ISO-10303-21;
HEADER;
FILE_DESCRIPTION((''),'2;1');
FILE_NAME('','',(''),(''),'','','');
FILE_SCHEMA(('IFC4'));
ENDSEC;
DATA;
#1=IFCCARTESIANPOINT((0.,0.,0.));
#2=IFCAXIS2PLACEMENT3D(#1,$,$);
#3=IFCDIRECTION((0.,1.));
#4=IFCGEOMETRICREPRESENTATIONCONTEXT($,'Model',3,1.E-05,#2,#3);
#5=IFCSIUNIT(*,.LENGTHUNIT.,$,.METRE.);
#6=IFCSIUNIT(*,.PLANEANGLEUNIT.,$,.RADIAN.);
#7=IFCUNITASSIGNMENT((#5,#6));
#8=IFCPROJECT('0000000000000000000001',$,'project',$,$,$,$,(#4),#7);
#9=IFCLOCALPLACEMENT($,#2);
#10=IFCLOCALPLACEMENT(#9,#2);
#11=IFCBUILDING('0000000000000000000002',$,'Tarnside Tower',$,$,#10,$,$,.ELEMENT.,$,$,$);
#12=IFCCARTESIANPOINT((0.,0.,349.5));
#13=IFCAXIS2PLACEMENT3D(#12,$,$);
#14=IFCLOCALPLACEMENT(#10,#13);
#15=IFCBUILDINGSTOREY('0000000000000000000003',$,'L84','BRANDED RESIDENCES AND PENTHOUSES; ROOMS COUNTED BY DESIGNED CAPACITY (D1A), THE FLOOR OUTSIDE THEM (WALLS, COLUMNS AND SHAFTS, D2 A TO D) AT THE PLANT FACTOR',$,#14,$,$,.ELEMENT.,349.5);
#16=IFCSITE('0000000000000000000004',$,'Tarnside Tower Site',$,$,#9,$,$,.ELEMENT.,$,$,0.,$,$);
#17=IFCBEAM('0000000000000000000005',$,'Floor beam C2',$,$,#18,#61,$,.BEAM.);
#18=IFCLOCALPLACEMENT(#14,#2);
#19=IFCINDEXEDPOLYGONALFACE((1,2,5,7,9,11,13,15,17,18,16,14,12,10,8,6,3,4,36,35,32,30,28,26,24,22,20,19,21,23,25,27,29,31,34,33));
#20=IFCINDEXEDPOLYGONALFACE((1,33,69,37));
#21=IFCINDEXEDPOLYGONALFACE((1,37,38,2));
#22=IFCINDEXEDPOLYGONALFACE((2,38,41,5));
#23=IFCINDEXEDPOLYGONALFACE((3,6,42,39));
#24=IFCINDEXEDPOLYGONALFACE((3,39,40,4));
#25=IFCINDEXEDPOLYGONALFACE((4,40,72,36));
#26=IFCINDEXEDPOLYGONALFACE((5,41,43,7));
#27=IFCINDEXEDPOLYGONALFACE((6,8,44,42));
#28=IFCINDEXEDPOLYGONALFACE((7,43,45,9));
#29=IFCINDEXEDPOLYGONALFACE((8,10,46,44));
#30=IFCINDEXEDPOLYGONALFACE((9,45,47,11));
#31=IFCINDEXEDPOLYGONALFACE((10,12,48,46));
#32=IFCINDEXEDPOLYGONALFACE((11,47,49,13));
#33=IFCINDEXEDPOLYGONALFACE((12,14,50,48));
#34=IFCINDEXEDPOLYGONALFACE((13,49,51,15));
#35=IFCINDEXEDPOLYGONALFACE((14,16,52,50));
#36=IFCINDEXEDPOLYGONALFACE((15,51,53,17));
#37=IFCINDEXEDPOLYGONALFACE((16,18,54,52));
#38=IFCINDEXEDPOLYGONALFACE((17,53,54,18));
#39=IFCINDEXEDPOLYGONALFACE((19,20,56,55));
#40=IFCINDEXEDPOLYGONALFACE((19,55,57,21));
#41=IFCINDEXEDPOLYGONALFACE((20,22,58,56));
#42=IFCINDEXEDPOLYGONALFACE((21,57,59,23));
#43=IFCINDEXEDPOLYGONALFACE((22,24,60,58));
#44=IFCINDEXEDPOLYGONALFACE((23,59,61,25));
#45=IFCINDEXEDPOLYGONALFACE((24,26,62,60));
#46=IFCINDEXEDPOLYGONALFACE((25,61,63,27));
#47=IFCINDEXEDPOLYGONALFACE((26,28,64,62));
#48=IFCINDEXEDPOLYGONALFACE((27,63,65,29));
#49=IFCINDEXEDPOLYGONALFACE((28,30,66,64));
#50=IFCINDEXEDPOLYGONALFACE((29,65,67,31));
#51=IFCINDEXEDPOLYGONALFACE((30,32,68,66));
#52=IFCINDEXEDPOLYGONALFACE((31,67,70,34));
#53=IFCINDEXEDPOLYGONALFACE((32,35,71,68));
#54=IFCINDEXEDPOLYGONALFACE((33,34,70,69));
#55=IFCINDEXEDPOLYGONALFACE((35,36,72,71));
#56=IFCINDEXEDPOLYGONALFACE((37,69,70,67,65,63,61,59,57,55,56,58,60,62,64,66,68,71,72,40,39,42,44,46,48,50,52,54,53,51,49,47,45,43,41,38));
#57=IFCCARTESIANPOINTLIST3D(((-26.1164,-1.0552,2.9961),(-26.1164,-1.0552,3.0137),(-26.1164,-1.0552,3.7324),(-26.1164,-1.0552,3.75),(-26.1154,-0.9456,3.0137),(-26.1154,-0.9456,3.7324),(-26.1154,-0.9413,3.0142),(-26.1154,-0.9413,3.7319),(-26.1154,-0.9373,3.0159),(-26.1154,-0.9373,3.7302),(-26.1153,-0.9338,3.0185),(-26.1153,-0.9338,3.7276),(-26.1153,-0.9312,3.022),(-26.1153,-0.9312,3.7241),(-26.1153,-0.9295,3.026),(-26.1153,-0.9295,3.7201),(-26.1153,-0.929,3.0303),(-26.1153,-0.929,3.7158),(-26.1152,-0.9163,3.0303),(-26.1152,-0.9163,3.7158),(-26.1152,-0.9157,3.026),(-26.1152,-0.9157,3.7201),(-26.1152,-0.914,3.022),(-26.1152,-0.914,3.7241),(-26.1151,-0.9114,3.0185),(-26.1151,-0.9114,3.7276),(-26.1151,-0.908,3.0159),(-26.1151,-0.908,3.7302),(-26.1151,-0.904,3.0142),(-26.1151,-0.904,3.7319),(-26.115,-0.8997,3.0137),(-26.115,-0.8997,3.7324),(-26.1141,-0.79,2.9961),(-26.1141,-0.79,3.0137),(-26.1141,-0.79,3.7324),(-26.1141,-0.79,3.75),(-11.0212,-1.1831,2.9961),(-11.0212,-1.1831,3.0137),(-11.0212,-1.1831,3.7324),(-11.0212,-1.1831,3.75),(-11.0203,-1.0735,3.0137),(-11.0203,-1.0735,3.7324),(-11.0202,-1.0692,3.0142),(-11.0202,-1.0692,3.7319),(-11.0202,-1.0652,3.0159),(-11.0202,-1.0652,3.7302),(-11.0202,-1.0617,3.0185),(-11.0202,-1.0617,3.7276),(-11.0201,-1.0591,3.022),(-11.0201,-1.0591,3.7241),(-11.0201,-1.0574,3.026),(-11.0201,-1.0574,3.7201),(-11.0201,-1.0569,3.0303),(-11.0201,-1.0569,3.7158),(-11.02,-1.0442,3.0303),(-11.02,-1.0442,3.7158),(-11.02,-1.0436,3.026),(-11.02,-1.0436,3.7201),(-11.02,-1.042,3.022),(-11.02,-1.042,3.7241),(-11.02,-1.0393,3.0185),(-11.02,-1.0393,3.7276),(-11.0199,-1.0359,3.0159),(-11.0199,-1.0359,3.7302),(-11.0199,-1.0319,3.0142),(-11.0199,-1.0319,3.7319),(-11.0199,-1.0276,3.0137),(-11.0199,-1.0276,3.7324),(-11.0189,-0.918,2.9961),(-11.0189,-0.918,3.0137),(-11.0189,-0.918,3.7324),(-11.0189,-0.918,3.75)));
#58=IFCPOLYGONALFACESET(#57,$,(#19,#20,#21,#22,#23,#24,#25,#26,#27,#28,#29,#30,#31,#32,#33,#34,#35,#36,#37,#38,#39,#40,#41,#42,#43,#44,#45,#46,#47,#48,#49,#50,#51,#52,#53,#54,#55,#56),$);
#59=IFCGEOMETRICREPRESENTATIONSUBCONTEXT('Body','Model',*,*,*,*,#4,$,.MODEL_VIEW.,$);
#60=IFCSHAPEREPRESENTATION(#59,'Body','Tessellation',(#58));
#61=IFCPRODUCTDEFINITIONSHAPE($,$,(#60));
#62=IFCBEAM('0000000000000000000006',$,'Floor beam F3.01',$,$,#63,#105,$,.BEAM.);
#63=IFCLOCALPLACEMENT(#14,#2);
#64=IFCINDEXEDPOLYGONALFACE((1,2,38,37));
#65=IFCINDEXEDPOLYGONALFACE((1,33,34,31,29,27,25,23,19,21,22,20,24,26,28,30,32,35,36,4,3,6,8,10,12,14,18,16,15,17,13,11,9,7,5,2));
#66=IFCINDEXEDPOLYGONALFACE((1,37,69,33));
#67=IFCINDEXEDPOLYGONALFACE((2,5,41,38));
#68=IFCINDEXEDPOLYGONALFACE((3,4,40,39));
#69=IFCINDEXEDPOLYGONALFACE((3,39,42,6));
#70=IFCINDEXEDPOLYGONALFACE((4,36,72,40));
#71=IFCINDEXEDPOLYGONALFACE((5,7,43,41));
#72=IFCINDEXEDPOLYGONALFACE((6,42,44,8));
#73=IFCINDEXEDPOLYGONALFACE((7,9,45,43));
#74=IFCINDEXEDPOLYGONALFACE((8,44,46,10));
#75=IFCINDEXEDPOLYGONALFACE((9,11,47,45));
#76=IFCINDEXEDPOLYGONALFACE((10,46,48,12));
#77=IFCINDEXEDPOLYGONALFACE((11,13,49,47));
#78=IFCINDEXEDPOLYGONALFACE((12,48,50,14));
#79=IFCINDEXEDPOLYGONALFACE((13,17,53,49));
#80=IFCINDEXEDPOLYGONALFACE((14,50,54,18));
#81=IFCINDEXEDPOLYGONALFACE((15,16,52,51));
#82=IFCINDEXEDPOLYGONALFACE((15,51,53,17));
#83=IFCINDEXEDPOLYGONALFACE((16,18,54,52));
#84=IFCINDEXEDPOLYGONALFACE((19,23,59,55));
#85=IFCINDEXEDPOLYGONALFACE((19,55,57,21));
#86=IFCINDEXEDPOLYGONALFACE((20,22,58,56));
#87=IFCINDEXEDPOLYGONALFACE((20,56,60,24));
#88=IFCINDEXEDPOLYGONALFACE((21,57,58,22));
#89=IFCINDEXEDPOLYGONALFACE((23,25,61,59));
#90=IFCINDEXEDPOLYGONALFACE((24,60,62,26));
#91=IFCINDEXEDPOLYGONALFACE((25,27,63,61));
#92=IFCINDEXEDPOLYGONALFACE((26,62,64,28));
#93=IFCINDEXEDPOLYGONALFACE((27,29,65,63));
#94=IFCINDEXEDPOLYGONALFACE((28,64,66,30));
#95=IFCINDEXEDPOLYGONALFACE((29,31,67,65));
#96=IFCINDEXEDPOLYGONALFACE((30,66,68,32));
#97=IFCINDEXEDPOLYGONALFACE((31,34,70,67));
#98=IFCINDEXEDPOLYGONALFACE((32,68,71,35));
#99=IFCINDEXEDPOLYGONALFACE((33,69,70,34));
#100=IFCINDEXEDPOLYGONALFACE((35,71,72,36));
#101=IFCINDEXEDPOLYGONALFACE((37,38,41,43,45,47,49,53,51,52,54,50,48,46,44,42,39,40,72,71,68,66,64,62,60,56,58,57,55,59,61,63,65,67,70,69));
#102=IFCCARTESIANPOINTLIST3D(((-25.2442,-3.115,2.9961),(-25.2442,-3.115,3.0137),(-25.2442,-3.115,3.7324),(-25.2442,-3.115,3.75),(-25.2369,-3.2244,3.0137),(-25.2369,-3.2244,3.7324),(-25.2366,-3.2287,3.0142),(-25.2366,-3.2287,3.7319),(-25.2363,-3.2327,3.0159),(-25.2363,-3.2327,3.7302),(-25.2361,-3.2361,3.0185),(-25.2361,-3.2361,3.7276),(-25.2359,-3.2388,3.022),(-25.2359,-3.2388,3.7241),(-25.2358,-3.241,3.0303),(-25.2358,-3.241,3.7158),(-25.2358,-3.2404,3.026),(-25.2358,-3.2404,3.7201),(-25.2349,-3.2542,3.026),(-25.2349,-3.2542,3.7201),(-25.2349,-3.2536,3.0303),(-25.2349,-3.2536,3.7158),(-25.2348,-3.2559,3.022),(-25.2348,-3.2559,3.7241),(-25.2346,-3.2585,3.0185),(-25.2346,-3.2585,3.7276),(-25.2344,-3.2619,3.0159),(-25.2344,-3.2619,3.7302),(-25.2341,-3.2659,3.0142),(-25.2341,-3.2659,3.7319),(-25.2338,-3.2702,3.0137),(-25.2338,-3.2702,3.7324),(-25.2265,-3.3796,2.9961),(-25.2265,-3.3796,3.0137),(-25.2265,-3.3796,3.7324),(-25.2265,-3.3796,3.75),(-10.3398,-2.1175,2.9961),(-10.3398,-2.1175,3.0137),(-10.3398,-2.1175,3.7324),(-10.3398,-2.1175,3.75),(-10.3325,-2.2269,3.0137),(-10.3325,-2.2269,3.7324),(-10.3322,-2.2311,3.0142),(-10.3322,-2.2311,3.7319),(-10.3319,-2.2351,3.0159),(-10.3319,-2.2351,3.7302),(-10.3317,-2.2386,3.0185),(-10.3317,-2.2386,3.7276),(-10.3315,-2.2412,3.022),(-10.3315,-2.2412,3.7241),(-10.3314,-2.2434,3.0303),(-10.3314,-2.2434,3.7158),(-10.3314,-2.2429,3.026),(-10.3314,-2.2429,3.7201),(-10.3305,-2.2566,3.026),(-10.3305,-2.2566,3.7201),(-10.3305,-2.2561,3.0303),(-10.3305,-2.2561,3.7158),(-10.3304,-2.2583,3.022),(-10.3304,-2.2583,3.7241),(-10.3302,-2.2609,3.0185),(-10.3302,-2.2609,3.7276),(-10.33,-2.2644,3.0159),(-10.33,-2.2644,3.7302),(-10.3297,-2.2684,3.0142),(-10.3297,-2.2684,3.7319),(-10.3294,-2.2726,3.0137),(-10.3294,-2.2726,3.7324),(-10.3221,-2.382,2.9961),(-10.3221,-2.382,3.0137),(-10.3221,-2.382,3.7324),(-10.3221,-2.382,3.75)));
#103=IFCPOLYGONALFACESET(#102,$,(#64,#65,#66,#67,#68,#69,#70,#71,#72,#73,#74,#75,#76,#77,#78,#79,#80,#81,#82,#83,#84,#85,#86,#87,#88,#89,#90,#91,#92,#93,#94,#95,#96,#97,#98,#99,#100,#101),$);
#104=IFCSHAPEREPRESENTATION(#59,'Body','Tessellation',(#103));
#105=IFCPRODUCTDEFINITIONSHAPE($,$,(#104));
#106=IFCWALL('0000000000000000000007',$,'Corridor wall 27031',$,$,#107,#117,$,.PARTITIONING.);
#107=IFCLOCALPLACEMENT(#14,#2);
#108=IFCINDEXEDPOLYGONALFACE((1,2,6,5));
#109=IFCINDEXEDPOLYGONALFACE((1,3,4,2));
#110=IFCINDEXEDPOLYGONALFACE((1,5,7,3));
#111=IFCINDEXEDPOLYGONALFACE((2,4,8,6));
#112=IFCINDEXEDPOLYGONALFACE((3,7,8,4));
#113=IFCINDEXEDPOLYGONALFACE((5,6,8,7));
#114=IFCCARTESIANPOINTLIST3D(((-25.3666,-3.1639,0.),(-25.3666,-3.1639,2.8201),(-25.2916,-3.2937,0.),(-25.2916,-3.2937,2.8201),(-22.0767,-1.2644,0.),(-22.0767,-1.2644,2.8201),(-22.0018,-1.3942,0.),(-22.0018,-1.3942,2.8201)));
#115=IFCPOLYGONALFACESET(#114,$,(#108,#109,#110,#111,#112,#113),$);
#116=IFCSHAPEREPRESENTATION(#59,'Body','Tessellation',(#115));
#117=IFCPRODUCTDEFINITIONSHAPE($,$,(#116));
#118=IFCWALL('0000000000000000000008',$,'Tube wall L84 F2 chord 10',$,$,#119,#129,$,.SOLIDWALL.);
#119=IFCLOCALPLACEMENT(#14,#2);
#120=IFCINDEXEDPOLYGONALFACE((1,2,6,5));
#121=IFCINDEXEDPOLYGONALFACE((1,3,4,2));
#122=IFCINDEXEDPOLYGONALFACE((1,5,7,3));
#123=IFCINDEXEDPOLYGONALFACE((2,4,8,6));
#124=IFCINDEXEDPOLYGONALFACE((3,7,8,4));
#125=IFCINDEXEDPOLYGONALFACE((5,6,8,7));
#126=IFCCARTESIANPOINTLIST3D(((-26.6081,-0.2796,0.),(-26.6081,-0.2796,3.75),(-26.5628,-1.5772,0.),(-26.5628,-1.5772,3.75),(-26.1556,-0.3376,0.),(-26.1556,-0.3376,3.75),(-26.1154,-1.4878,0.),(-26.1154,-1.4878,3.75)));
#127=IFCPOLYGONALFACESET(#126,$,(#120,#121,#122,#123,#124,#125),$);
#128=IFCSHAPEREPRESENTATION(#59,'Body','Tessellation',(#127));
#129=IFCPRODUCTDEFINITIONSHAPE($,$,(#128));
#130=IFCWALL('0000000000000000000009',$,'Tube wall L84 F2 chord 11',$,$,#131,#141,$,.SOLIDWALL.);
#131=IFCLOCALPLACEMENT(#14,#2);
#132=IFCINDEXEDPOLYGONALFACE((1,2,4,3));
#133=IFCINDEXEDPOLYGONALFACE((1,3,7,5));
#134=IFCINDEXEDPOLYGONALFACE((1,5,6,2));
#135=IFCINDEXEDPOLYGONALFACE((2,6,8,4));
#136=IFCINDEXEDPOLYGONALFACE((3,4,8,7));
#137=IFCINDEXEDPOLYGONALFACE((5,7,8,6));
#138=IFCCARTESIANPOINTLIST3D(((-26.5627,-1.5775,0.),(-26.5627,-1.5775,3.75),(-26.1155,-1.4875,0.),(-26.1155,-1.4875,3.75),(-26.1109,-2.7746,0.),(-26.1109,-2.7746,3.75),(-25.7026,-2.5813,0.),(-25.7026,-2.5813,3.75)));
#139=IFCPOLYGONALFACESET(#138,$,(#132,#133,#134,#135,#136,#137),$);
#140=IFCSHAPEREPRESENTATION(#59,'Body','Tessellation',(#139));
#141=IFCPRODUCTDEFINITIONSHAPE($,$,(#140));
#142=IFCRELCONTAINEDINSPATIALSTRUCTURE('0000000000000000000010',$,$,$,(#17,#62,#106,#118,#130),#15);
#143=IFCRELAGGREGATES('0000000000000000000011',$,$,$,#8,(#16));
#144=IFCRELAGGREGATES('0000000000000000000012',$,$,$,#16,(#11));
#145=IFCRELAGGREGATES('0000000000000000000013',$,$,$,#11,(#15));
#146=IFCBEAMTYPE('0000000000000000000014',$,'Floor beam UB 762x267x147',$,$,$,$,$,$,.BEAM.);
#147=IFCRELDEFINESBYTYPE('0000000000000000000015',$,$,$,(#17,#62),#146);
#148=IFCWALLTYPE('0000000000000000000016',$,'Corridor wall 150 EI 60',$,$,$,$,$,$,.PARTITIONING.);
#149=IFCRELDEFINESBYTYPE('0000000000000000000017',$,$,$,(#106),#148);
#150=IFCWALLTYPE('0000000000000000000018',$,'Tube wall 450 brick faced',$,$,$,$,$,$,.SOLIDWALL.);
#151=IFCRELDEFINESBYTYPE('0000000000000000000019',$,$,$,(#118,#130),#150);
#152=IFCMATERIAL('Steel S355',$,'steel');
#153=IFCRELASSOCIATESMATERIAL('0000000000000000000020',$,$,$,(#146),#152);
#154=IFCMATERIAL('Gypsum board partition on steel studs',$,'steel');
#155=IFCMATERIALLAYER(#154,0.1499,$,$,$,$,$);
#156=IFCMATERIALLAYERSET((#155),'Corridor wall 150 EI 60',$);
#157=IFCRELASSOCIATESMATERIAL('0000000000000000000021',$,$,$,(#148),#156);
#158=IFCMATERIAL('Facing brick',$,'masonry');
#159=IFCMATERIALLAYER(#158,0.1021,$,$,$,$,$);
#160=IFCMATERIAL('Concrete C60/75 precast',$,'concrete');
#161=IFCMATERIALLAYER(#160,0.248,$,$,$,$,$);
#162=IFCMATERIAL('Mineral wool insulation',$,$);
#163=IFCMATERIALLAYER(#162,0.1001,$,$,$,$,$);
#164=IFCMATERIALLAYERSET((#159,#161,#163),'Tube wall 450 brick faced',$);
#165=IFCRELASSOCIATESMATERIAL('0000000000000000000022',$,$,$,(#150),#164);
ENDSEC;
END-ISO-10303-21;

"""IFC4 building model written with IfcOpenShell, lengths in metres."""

from ifc_helpers import new_model, si_unit, direction, frame, frame_2d, origin, origin_2d, place, context, subcontext, project, spatial, polyline, rectangle, i_section, outline, extrude, material, layer, layer_set, material_profile, profile_set, type_object, element, save


model = new_model("IFC4")

# Units and contexts
model_context = context("Model", 3, precision=1e-05, world=origin(), true_north=direction((0.0, 1.0)))
body_context = subcontext(model_context, "Body", "Model", "MODEL_VIEW")
ifc_project = project(units=[si_unit("LENGTHUNIT", "METRE"), si_unit("PLANEANGLEUNIT", "RADIAN")], contexts=[model_context])

# Site, building, storey
site_placement = place(None, origin())
site = spatial("IfcSite", under=ifc_project, at=site_placement, Name="Tarnside Tower Site", CompositionType="ELEMENT", RefElevation=0.0)
building_placement = place(site_placement, origin())
building = spatial("IfcBuilding", under=site, at=building_placement, Name="Tarnside Tower", CompositionType="ELEMENT")
storey_placement = place(building_placement, frame((0.0, 0.0, 349.5)))
storey = spatial("IfcBuildingStorey", under=building, at=storey_placement, Name="L84", Description="BRANDED RESIDENCES AND PENTHOUSES; ROOMS COUNTED BY DESIGNED CAPACITY (D1A), THE FLOOR OUTSIDE THEM (WALLS, COLUMNS AND SHAFTS, D2 A TO D) AT THE PLANT FACTOR", CompositionType="ELEMENT", Elevation=349.5)

# Beams
ifc_material_1 = material(Name="Steel S355", Category="steel")
ifc_material_profile = material_profile(ifc_material_1, i_section(OverallWidth=0.2651, OverallDepth=0.7539, WebThickness=0.0127, FlangeThickness=0.0176, FilletRadius=0.0166, at=origin_2d()), Name="UB 762x267x147")
ifc_profile_set = profile_set([ifc_material_profile], Name="Steel S355")
beam_type = type_object("IfcBeamType", Name="Floor beam UB 762x267x147", PredefinedType="BEAM", material=ifc_profile_set)
beam_1_placement = place(storey_placement, frame((-26.1152, -0.9226, 3.373), z_axis=(0.999964, -0.008475, 0.0), x_axis=(0.008475, 0.999964, 0.0)))
element("IfcBeam", 1, at=beam_1_placement, inside=storey, type_object=beam_type, Name="Floor beam C2", PredefinedType="BEAM", context=body_context, shape_type="SweptSolid", body=[
    extrude(i_section(OverallWidth=0.2651, OverallDepth=0.7539, WebThickness=0.0127, FlangeThickness=0.0176, FilletRadius=0.0166, at=origin_2d()), origin(), (0.0, 0.0, 1.0), 15.0957),
])
beam_2_placement = place(storey_placement, frame((-25.2354, -3.2473, 3.373), z_axis=(0.997768, 0.066782, 0.0), x_axis=(-0.066782, 0.997768, 0.0)))
element("IfcBeam", 2, at=beam_2_placement, inside=storey, type_object=beam_type, Name="Floor beam F3.01", PredefinedType="BEAM", context=body_context, shape_type="SweptSolid", body=[
    extrude(i_section(OverallWidth=0.2651, OverallDepth=0.7539, WebThickness=0.0127, FlangeThickness=0.0176, FilletRadius=0.0166, at=origin_2d()), origin(), (0.0, 0.0, 1.0), 14.9377),
])

# Walls
ifc_material_2 = material(Name="Gypsum board partition on steel studs", Category="steel")
ifc_layer_1 = layer(ifc_material_2, 0.1499)
ifc_layer_set_1 = layer_set([ifc_layer_1], Name="Corridor wall 150 EI 60")
wall_type_1 = type_object("IfcWallType", Name="Corridor wall 150 EI 60", PredefinedType="PARTITIONING", material=ifc_layer_set_1)
wall_1_placement = place(storey_placement, frame((-25.3291, -3.2288, 0.0), z_axis=(0.0, 0.0, 1.0), x_axis=(0.86602, 0.50001, 0.0)))
element("IfcWall", 3, at=wall_1_placement, inside=storey, type_object=wall_type_1, Name="Corridor wall 27031", PredefinedType="PARTITIONING", context=body_context, shape_type="SweptSolid", body=[
    extrude(rectangle(XDim=3.7988, YDim=0.1499, at=frame_2d((1.8994, 0.0))), origin(), (0.0, 0.0, 1.0), 2.8201),
])
ifc_material_3 = material(Name="Facing brick", Category="masonry")
ifc_layer_2 = layer(ifc_material_3, 0.1021)
ifc_material_4 = material(Name="Concrete C60/75 precast", Category="concrete")
ifc_layer_3 = layer(ifc_material_4, 0.248)
ifc_material_5 = material(Name="Mineral wool insulation")
ifc_layer_4 = layer(ifc_material_5, 0.1001)
ifc_layer_set_2 = layer_set([ifc_layer_2, ifc_layer_3, ifc_layer_4], Name="Tube wall 450 brick faced")
wall_type_2 = type_object("IfcWallType", Name="Tube wall 450 brick faced", PredefinedType="SOLIDWALL", material=ifc_layer_set_2)
wall_2_placement = place(storey_placement, frame((-26.3818, -0.3086, 0.0), z_axis=(0.0, 0.0, 1.0), x_axis=(0.034888, -0.999391, 0.0)))
element("IfcWall", 4, at=wall_2_placement, inside=storey, type_object=wall_type_2, Name="Tube wall L84 F2 chord 10", PredefinedType="SOLIDWALL", context=body_context, shape_type="SweptSolid", body=[
    extrude(outline(polyline([(-0.0369, -0.2251), (1.2615, -0.2251), (1.1877, 0.2251), (0.0369, 0.2251), (-0.0369, -0.2251)])), origin(), (0.0, 0.0, 1.0), 3.75),
])
wall_3_placement = place(storey_placement, frame((-26.3391, -1.5325, 0.0), z_axis=(0.0, 0.0, 1.0), x_axis=(0.353133, -0.935573, 0.0)))
element("IfcWall", 5, at=wall_3_placement, inside=storey, type_object=wall_type_2, Name="Tube wall L84 F2 chord 11", PredefinedType="SOLIDWALL", context=body_context, shape_type="SweptSolid", body=[
    extrude(outline(polyline([(-0.0369, -0.2251), (1.2427, -0.2251), (1.2061, 0.2251), (0.0369, 0.2251), (-0.0369, -0.2251)])), origin(), (0.0, 0.0, 1.0), 3.75),
])

save(model, "model.ifc")
